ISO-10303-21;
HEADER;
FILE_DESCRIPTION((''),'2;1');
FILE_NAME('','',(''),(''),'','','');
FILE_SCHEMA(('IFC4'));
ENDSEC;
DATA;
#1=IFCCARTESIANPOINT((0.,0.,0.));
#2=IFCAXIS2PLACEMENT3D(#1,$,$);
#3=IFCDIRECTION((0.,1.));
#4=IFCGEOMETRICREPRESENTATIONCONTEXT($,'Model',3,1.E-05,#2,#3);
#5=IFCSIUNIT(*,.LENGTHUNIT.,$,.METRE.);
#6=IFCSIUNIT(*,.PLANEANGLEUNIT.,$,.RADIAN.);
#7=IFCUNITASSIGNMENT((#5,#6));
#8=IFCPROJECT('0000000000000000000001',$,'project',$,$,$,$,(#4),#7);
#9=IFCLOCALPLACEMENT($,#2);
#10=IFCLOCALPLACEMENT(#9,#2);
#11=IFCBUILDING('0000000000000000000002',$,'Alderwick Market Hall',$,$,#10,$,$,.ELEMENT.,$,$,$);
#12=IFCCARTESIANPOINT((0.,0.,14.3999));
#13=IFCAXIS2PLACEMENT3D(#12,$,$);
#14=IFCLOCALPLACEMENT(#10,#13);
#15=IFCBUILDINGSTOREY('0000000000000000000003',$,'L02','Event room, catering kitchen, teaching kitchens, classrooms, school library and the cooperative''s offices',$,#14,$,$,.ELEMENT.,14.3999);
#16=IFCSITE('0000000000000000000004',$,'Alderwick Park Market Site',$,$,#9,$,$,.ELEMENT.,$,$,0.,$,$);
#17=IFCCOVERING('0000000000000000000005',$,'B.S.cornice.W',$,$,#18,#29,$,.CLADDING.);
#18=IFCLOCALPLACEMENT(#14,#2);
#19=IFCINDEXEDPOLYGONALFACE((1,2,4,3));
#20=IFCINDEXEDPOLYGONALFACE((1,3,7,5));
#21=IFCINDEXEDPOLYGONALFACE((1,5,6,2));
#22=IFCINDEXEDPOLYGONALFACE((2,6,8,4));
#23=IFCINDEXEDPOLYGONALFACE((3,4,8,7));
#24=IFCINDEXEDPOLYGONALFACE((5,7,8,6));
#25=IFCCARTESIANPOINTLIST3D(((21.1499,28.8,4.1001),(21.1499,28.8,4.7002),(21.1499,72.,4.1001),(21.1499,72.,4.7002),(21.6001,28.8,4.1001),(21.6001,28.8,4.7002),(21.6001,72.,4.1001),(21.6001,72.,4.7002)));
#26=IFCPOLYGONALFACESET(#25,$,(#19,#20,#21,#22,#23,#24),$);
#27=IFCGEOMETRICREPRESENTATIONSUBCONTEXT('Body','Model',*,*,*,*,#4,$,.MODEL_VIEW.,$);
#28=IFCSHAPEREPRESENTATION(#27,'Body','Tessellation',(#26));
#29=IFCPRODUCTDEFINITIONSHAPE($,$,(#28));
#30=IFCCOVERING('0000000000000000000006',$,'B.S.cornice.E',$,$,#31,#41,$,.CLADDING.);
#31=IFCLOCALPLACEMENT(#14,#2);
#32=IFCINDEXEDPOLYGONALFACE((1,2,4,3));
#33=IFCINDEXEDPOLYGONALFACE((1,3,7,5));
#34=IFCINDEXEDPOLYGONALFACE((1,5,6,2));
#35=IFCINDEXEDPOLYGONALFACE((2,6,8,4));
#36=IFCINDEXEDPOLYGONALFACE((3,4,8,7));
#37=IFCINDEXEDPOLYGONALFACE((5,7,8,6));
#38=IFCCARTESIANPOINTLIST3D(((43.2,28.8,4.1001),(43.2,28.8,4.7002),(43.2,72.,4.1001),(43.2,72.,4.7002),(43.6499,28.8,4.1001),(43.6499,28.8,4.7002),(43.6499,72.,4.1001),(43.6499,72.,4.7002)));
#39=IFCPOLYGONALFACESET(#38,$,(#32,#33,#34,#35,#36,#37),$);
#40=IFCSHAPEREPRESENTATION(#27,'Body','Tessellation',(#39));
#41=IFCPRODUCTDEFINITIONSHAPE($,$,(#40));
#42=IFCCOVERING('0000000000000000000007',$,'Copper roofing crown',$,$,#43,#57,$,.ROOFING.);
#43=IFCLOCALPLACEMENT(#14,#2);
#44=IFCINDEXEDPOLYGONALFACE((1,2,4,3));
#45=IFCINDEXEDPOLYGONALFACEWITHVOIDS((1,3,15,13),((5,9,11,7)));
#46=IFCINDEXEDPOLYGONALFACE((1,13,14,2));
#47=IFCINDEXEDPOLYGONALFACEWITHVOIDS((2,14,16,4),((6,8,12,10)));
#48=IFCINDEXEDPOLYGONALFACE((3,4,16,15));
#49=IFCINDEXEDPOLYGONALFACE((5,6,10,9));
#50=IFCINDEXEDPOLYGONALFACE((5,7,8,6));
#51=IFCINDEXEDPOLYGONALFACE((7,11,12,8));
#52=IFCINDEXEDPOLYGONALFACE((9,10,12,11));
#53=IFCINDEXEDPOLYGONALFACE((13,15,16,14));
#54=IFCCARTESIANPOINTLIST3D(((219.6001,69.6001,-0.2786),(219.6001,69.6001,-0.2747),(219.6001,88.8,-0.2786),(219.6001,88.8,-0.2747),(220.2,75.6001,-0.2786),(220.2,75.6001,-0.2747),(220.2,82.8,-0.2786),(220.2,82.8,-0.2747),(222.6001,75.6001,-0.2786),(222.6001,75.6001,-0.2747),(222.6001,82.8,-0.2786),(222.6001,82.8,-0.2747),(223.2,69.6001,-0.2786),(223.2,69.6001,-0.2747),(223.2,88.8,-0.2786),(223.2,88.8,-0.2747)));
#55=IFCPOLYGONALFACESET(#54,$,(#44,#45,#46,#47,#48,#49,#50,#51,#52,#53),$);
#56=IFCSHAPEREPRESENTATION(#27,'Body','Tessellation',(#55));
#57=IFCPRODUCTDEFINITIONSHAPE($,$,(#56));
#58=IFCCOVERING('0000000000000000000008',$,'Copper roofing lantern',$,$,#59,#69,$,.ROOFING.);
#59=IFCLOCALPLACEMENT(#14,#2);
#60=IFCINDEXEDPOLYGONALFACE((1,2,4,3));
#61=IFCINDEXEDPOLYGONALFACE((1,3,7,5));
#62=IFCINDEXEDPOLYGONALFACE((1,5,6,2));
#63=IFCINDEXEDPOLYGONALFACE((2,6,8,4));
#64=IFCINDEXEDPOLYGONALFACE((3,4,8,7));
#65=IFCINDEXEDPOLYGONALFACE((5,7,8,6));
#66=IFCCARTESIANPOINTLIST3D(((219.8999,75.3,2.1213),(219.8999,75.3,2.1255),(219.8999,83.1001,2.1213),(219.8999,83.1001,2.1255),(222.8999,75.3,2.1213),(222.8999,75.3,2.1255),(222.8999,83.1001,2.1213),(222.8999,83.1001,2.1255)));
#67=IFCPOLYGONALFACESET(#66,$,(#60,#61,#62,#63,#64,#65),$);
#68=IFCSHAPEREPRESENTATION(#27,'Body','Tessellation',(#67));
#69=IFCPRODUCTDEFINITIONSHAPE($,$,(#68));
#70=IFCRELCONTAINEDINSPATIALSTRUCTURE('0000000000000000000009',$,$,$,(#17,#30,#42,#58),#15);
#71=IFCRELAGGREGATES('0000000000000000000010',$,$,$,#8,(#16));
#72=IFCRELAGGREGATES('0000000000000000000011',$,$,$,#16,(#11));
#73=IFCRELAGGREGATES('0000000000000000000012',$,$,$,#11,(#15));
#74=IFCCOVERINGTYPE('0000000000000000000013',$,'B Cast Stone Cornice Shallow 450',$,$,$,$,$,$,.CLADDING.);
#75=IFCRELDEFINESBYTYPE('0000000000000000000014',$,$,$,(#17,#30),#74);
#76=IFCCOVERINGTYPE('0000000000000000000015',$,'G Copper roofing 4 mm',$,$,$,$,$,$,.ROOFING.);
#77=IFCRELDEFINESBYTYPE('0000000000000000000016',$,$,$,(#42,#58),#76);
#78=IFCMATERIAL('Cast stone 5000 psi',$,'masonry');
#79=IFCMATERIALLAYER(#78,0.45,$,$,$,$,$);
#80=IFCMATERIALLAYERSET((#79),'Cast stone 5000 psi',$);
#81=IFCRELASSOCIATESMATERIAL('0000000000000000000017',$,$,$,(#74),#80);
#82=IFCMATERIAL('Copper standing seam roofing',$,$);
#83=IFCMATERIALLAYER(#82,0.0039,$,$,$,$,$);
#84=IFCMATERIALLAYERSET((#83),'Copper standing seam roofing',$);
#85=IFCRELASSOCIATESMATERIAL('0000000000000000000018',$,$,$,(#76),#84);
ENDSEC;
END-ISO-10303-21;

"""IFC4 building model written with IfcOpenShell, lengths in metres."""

from ifc_helpers import new_model, si_unit, direction, frame, origin, place, context, subcontext, project, spatial, polyline, outline, extrude, material, layer, layer_set, type_object, element, save


model = new_model("IFC4")

# Units and contexts
model_context = context("Model", 3, precision=1e-05, world=origin(), true_north=direction((0.0, 1.0)))
body_context = subcontext(model_context, "Body", "Model", "MODEL_VIEW")
ifc_project = project(units=[si_unit("LENGTHUNIT", "METRE"), si_unit("PLANEANGLEUNIT", "RADIAN")], contexts=[model_context])

# Site, building, storey
site_placement = place(None, origin())
site = spatial("IfcSite", under=ifc_project, at=site_placement, Name="Alderwick Park Market Site", CompositionType="ELEMENT", RefElevation=0.0)
building_placement = place(site_placement, origin())
building = spatial("IfcBuilding", under=site, at=building_placement, Name="Alderwick Market Hall", CompositionType="ELEMENT")
storey_placement = place(building_placement, frame((0.0, 0.0, 14.3999)))
storey = spatial("IfcBuildingStorey", under=building, at=storey_placement, Name="L02", Description="Event room, catering kitchen, teaching kitchens, classrooms, school library and the cooperative's offices", CompositionType="ELEMENT", Elevation=14.3999)

# Coverings
ifc_material_1 = material(Name="Cast stone 5000 psi", Category="masonry")
ifc_layer_1 = layer(ifc_material_1, 0.45)
ifc_layer_set_1 = layer_set([ifc_layer_1], Name="Cast stone 5000 psi")
covering_type_1 = type_object("IfcCoveringType", Name="B Cast Stone Cornice Shallow 450", PredefinedType="CLADDING", material=ifc_layer_set_1)
covering_1_placement = place(storey_placement, frame((0.0, 0.0, 4.1001)))
element("IfcCovering", 1, at=covering_1_placement, inside=storey, type_object=covering_type_1, Name="B.S.cornice.W", PredefinedType="CLADDING", context=body_context, shape_type="SweptSolid", body=[
    extrude(outline(polyline([(21.1499, 28.8), (21.6001, 28.8), (21.6001, 72.0), (21.1499, 72.0), (21.1499, 28.8)])), origin(), (0.0, 0.0, 1.0), 0.6001),
])
covering_2_placement = place(storey_placement, frame((0.0, 0.0, 4.1001)))
element("IfcCovering", 2, at=covering_2_placement, inside=storey, type_object=covering_type_1, Name="B.S.cornice.E", PredefinedType="CLADDING", context=body_context, shape_type="SweptSolid", body=[
    extrude(outline(polyline([(43.2, 28.8), (43.6499, 28.8), (43.6499, 72.0), (43.2, 72.0), (43.2, 28.8)])), origin(), (0.0, 0.0, 1.0), 0.6001),
])
ifc_material_2 = material(Name="Copper standing seam roofing")
ifc_layer_2 = layer(ifc_material_2, 0.0039)
ifc_layer_set_2 = layer_set([ifc_layer_2], Name="Copper standing seam roofing")
covering_type_2 = type_object("IfcCoveringType", Name="G Copper roofing 4 mm", PredefinedType="ROOFING", material=ifc_layer_set_2)
covering_3_placement = place(storey_placement, frame((0.0, 0.0, -0.2786)))
element("IfcCovering", 3, at=covering_3_placement, inside=storey, type_object=covering_type_2, Name="Copper roofing crown", PredefinedType="ROOFING", context=body_context, shape_type="SweptSolid", body=[
    extrude(outline(polyline([(219.6001, 69.6001), (223.2, 69.6001), (223.2, 88.8), (219.6001, 88.8), (219.6001, 69.6001)]), holes=[polyline([(220.2, 75.6001), (222.6001, 75.6001), (222.6001, 82.8), (220.2, 82.8), (220.2, 75.6001)])]), origin(), (0.0, 0.0, 1.0), 0.0039),
])
covering_4_placement = place(storey_placement, frame((0.0, 0.0, 2.1213)))
element("IfcCovering", 4, at=covering_4_placement, inside=storey, type_object=covering_type_2, Name="Copper roofing lantern", PredefinedType="ROOFING", context=body_context, shape_type="SweptSolid", body=[
    extrude(outline(polyline([(219.8999, 75.3), (222.8999, 75.3), (222.8999, 83.1001), (219.8999, 83.1001), (219.8999, 75.3)])), origin(), (0.0, 0.0, 1.0), 0.0042),
])

save(model, "model.ifc")
